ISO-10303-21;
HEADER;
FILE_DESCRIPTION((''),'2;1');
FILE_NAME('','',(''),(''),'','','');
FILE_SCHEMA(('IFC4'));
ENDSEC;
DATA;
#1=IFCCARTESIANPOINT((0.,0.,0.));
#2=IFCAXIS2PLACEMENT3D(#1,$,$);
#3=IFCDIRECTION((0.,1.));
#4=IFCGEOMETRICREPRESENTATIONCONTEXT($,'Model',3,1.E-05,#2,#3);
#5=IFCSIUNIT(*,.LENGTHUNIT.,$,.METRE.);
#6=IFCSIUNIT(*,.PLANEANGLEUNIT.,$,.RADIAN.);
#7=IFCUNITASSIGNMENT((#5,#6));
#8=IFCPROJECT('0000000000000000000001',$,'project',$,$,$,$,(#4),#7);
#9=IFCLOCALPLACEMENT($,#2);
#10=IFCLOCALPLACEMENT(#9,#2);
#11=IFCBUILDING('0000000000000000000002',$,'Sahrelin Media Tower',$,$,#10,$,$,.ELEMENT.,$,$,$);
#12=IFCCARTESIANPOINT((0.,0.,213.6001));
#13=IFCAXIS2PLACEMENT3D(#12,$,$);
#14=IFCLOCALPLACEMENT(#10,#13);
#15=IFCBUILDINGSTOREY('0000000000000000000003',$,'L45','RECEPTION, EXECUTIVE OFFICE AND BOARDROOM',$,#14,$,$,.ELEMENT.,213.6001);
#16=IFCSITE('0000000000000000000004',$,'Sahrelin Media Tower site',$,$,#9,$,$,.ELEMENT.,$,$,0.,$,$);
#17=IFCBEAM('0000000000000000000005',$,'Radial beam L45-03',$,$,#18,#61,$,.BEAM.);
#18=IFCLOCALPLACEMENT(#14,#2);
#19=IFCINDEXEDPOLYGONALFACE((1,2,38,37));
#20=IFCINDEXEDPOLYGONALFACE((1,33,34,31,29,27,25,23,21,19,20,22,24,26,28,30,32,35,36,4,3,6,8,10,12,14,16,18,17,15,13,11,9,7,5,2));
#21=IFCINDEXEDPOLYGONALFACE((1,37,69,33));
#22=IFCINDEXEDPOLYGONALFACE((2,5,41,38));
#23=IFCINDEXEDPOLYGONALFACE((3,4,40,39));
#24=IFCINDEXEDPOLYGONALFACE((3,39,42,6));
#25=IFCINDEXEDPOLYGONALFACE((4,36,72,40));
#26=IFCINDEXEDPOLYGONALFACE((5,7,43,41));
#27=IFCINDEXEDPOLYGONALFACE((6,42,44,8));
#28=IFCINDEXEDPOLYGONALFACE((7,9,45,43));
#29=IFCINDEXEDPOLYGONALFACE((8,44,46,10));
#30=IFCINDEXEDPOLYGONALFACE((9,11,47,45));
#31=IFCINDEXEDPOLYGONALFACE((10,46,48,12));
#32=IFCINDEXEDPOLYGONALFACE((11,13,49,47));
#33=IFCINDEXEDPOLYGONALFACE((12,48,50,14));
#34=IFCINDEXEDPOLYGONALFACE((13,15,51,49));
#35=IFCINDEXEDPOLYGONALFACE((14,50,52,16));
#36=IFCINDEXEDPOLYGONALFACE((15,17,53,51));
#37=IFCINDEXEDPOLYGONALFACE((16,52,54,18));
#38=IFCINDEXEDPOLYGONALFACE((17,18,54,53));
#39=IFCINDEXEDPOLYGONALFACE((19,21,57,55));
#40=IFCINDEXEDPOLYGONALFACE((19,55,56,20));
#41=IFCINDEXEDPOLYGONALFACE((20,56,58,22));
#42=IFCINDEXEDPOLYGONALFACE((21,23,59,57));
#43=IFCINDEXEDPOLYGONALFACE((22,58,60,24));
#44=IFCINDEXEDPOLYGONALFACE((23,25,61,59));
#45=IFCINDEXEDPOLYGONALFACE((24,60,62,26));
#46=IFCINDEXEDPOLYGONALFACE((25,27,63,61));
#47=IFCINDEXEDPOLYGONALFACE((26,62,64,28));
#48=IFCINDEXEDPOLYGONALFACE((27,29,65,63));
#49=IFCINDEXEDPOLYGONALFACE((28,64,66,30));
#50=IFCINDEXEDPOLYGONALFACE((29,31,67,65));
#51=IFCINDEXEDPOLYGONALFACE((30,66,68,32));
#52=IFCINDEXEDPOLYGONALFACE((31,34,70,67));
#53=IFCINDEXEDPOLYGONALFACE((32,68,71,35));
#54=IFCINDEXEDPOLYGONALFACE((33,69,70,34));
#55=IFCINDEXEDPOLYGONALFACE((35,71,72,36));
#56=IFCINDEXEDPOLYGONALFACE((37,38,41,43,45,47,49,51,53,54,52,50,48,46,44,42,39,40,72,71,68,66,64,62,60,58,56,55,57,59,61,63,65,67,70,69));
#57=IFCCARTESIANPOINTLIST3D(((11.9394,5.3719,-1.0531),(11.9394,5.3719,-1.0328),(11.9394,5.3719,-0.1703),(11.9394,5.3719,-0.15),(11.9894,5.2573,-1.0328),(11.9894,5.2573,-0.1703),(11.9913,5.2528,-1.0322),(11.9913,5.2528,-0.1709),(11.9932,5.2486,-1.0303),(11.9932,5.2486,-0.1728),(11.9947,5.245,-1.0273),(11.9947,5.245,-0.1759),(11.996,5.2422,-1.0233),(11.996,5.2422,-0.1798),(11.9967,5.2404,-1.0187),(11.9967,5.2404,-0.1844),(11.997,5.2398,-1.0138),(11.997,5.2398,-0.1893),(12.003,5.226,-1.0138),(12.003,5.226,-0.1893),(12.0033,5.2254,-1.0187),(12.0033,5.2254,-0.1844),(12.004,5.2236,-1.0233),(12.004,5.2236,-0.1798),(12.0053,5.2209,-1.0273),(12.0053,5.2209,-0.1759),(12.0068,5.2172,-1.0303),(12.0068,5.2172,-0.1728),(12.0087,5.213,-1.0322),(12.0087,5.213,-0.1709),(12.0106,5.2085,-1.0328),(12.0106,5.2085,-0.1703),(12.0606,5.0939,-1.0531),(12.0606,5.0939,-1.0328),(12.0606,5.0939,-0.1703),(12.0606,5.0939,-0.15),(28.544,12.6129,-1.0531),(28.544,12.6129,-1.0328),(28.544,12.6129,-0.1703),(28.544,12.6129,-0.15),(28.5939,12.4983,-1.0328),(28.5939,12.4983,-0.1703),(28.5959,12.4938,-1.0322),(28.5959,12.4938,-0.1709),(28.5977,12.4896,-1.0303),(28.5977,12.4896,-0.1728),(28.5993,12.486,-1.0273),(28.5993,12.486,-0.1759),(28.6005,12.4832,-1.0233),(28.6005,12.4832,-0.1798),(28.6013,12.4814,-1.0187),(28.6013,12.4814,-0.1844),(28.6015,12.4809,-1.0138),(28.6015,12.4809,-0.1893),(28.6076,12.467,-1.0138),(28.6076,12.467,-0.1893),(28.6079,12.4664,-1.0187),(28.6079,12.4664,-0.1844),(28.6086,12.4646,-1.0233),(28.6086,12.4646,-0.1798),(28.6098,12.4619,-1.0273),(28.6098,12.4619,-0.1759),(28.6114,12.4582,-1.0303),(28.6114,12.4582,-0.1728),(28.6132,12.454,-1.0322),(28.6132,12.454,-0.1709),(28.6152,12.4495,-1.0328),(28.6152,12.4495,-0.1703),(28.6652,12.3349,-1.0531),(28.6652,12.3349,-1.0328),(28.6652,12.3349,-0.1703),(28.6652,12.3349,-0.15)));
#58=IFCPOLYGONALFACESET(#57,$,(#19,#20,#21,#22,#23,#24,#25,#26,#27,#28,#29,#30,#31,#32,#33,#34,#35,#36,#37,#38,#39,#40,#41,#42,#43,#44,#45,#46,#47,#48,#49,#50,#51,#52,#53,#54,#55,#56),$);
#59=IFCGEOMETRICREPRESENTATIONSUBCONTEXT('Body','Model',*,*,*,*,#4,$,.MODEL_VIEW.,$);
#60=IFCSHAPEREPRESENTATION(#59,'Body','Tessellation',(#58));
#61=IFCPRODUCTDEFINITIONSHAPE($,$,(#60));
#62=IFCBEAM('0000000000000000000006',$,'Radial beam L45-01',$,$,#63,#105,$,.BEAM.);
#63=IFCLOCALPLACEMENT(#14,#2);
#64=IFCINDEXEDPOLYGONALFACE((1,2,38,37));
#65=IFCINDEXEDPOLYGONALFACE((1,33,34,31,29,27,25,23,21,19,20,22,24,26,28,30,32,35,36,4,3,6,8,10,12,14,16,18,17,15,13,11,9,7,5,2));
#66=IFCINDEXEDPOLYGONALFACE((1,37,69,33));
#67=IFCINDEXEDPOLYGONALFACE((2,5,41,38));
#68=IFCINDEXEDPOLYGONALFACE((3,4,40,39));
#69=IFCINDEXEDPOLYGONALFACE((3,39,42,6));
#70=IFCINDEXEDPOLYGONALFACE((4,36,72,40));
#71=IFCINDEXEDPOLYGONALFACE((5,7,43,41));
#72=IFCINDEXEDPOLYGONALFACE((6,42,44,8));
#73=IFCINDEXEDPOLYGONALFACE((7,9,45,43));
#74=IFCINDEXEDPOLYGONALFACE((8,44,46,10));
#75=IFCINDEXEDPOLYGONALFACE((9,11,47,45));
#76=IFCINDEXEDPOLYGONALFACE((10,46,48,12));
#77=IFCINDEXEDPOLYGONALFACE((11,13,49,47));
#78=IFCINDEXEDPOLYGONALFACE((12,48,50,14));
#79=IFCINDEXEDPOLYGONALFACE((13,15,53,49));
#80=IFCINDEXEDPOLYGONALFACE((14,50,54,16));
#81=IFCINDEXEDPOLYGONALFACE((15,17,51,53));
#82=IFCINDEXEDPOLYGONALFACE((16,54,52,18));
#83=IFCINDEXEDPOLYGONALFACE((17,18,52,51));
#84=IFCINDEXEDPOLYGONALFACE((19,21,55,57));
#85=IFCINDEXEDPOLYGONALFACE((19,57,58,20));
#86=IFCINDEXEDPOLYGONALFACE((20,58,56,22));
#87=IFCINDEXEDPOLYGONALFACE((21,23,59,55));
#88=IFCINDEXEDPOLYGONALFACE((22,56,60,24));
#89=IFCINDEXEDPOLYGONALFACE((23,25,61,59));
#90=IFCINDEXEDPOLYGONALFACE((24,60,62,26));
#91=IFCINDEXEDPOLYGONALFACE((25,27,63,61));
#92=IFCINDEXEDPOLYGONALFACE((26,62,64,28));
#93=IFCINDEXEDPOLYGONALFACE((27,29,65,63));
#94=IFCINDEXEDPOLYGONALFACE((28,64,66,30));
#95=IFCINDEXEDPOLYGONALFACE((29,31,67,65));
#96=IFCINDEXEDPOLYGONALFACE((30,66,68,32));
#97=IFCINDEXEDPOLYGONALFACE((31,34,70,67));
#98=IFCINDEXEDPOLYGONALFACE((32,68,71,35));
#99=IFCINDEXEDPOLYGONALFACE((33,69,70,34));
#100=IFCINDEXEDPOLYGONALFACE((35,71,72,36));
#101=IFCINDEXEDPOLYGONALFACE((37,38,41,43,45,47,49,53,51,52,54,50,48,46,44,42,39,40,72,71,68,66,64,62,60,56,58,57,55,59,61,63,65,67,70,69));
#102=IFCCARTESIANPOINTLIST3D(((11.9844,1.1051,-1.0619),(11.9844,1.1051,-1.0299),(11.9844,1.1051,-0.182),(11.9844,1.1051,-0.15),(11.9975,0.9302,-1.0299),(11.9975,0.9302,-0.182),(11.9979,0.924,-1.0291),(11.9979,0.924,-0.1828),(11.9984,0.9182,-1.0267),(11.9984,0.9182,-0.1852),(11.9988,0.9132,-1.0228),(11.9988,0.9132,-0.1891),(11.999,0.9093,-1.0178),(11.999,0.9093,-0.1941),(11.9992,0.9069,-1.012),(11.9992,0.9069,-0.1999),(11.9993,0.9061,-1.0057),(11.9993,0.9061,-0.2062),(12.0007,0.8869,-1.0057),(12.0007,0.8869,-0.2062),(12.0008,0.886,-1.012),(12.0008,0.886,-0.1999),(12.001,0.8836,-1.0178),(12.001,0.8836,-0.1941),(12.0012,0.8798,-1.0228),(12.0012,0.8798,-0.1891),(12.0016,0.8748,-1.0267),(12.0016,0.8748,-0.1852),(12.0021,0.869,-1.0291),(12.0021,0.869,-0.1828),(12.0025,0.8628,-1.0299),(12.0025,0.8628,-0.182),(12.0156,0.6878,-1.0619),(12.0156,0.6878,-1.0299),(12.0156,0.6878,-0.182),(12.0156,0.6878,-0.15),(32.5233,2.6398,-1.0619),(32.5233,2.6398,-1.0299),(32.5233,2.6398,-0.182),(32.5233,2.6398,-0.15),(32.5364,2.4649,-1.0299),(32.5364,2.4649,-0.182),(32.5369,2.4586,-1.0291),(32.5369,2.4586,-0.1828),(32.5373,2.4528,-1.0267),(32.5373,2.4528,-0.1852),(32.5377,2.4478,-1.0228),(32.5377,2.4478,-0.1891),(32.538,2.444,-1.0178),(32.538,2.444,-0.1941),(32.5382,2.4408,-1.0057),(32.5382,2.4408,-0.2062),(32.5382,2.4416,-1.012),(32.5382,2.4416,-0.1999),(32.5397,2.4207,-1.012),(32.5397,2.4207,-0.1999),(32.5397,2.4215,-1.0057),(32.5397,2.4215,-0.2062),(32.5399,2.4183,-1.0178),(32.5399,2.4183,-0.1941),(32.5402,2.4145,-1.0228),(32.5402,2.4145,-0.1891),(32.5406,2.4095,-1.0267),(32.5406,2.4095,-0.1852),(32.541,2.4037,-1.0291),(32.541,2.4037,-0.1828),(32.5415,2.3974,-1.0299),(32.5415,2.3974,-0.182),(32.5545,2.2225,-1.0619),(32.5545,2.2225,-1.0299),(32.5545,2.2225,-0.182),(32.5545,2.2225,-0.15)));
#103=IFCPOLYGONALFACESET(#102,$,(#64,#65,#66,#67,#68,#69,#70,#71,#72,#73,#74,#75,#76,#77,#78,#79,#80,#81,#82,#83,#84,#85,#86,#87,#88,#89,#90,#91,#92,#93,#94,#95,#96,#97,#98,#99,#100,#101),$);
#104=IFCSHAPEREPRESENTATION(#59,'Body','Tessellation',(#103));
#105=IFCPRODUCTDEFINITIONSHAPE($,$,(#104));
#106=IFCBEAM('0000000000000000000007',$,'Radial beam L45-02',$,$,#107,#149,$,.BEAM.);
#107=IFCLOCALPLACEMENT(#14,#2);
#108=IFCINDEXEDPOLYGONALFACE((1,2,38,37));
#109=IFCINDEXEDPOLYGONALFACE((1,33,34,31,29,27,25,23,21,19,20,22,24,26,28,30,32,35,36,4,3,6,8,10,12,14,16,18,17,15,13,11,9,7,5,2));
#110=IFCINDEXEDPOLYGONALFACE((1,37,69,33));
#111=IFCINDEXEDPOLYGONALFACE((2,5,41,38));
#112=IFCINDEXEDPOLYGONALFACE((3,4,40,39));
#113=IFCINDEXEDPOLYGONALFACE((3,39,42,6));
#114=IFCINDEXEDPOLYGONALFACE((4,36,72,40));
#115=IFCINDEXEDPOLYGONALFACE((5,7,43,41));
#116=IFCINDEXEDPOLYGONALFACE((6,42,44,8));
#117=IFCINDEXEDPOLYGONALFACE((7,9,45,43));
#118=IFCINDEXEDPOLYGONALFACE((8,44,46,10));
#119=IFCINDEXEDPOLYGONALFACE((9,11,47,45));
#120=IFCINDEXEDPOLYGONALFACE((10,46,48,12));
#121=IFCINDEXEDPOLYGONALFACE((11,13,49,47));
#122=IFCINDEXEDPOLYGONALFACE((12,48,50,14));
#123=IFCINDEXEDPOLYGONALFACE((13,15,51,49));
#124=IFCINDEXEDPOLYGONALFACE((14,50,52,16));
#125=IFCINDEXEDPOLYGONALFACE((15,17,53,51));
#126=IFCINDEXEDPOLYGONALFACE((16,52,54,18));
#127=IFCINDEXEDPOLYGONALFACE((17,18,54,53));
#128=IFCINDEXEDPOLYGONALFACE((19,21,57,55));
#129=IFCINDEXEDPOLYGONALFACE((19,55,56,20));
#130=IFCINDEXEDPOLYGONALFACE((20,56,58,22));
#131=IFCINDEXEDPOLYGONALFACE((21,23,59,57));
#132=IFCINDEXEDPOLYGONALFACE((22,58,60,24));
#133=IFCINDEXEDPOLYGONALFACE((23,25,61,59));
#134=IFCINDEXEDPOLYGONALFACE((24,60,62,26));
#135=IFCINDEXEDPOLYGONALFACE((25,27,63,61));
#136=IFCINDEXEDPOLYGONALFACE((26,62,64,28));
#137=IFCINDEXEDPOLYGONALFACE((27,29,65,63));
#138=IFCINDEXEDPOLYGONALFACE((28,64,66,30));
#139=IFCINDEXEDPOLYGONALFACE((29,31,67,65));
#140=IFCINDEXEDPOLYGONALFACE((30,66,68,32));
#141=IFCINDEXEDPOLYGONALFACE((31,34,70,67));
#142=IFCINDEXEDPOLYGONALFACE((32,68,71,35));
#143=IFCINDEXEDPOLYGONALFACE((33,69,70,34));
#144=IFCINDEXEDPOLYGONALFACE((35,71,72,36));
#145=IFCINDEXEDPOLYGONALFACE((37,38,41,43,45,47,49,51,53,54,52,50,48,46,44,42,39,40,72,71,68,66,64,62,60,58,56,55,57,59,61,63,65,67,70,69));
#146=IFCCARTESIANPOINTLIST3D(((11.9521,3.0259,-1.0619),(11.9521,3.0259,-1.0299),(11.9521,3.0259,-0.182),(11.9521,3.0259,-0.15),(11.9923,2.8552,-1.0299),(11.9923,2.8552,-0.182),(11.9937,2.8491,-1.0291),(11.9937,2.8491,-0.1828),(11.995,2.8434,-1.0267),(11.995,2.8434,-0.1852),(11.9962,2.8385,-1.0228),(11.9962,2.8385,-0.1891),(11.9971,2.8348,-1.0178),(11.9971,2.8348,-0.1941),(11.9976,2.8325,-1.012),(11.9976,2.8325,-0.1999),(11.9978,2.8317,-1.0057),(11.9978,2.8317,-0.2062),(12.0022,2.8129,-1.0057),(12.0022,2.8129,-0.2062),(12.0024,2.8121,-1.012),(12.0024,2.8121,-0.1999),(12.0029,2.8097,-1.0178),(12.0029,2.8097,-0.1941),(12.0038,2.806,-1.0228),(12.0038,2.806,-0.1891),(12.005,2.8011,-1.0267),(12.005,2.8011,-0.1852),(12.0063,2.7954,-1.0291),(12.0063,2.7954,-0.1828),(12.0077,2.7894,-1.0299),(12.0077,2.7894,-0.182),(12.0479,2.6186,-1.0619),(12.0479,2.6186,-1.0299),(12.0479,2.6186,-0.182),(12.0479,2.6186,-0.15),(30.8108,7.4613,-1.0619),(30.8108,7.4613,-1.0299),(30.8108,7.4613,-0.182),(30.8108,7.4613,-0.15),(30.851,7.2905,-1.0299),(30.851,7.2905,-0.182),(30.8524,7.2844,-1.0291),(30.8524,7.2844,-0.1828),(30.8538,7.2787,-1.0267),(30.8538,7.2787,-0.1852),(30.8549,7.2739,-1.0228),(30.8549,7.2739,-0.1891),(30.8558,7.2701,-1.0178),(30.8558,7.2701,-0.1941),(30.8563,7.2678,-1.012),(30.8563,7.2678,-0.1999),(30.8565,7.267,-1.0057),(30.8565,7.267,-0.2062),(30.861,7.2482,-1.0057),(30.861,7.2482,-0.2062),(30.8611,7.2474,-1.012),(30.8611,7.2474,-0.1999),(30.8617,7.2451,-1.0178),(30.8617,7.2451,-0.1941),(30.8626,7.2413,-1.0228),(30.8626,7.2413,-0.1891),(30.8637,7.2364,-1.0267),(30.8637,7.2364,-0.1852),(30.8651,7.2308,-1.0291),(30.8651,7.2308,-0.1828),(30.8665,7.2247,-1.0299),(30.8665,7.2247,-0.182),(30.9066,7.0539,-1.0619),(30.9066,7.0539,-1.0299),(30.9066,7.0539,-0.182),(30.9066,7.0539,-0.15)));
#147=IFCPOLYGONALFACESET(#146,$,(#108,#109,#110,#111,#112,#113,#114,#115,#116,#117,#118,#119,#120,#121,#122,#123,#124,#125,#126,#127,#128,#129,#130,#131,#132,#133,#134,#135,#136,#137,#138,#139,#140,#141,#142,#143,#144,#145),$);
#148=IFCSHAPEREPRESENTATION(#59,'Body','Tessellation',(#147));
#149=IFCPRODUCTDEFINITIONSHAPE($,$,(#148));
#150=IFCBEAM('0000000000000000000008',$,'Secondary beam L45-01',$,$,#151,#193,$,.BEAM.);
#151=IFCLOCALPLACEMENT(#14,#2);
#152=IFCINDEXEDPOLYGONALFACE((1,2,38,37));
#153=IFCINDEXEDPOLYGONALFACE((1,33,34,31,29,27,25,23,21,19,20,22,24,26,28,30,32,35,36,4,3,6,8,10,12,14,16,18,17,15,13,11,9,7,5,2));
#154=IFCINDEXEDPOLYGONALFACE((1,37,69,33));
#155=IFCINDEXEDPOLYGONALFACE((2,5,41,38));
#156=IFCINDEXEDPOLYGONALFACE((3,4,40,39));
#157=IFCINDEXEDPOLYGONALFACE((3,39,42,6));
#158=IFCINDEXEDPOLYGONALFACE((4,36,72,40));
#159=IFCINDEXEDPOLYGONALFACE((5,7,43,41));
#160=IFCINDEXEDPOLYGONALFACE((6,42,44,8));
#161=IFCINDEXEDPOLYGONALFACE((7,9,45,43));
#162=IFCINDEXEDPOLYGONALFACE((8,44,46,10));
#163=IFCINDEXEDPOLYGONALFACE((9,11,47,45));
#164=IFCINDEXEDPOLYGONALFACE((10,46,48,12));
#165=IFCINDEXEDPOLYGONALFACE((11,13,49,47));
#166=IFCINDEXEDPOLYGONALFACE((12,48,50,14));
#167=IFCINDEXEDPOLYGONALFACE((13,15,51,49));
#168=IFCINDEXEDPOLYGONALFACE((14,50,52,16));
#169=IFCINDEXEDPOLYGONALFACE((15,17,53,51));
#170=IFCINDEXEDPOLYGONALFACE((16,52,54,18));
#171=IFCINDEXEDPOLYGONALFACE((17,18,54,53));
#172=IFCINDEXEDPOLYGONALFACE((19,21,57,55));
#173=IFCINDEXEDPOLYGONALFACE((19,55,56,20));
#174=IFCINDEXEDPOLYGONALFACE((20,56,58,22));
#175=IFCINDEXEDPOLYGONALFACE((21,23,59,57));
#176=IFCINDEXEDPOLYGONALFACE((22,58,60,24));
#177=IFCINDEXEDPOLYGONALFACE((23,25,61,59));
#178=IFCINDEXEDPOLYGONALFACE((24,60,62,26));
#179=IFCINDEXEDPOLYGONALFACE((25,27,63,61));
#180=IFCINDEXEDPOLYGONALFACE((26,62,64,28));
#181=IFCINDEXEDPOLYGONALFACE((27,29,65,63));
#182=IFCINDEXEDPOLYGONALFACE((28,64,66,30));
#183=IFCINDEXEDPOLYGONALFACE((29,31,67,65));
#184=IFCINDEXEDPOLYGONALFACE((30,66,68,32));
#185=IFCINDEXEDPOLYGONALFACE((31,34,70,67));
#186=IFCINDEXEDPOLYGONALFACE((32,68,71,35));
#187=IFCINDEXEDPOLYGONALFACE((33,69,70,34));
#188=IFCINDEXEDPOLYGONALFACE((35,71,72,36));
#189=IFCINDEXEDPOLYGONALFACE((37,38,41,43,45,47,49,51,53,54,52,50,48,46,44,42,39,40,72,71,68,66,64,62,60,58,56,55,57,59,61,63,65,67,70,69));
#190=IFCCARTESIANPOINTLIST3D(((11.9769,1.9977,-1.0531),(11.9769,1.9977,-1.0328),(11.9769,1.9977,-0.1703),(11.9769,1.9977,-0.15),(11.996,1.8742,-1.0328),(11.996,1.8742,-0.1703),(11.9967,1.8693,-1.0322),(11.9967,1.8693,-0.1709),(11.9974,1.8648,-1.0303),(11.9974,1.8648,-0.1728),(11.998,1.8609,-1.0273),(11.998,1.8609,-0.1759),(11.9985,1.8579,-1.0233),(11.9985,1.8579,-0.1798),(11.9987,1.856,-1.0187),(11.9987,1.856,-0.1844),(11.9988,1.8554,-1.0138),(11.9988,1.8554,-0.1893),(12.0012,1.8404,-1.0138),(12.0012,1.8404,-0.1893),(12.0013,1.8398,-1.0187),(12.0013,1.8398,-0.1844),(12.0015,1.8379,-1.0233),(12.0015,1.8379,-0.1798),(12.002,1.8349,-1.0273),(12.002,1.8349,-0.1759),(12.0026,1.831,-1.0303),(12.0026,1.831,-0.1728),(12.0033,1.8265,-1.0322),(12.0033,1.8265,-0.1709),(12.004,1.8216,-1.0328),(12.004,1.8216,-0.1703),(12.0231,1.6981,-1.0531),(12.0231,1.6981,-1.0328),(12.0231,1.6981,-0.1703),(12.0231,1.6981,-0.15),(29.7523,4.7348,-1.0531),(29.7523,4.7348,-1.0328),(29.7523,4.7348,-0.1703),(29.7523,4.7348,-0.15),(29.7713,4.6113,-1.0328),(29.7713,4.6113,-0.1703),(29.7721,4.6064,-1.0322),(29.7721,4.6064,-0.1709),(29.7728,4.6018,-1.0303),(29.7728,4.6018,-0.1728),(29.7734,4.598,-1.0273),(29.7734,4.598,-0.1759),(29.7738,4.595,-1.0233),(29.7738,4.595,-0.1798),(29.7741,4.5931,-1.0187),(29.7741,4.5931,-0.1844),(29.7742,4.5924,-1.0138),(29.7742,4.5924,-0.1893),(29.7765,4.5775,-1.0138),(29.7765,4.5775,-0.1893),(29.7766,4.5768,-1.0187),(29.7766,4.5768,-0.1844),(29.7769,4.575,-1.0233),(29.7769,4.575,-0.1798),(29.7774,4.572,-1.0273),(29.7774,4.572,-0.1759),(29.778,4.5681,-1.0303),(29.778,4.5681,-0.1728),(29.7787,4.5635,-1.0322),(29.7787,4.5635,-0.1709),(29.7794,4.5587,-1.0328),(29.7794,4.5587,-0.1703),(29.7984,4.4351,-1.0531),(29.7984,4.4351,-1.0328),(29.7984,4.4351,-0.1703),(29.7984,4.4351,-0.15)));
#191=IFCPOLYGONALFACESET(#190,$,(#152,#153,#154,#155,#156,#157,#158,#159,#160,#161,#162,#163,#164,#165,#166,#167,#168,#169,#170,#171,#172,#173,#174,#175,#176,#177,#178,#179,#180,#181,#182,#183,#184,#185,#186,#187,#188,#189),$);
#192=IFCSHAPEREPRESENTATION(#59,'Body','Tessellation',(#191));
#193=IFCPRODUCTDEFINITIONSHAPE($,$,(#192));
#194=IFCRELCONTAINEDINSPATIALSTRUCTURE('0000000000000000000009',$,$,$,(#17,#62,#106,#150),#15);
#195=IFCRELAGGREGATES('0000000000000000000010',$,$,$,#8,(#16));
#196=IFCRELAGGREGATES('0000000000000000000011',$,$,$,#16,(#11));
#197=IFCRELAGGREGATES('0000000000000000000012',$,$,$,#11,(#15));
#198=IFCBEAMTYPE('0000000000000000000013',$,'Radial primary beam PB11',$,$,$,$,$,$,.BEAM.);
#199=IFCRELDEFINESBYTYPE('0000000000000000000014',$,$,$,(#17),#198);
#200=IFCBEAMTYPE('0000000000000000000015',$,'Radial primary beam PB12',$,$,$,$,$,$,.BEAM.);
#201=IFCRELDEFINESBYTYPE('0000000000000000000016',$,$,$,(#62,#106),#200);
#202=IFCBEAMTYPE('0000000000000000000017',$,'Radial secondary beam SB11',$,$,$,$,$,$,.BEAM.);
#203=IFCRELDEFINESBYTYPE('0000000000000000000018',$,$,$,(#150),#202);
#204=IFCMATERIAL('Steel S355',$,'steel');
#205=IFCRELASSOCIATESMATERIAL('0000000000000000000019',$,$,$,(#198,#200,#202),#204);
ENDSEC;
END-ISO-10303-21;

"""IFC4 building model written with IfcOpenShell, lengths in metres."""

from ifc_helpers import new_model, si_unit, direction, frame, origin, origin_2d, place, context, subcontext, project, spatial, i_section, extrude, material, material_profile, profile_set, type_object, element, save


model = new_model("IFC4")

# Units and contexts
model_context = context("Model", 3, precision=1e-05, world=origin(), true_north=direction((0.0, 1.0)))
body_context = subcontext(model_context, "Body", "Model", "MODEL_VIEW")
ifc_project = project(units=[si_unit("LENGTHUNIT", "METRE"), si_unit("PLANEANGLEUNIT", "RADIAN")], contexts=[model_context])

# Site, building, storey
site_placement = place(None, origin())
site = spatial("IfcSite", under=ifc_project, at=site_placement, Name="Sahrelin Media Tower site", CompositionType="ELEMENT", RefElevation=0.0)
building_placement = place(site_placement, origin())
building = spatial("IfcBuilding", under=site, at=building_placement, Name="Sahrelin Media Tower", CompositionType="ELEMENT")
storey_placement = place(building_placement, frame((0.0, 0.0, 213.6001)))
storey = spatial("IfcBuildingStorey", under=building, at=storey_placement, Name="L45", Description="RECEPTION, EXECUTIVE OFFICE AND BOARDROOM", CompositionType="ELEMENT", Elevation=213.6001)

# Beams
ifc_material_1 = material(Name="Steel S355", Category="steel")
ifc_material_profile_1 = material_profile(ifc_material_1, i_section(OverallWidth=0.3032, OverallDepth=0.9031, WebThickness=0.0151, FlangeThickness=0.0203, FilletRadius=0.019, at=origin_2d()), Name="UB 914x305x201")
ifc_profile_set_1 = profile_set([ifc_material_profile_1], Name="Steel S355")
beam_type_1 = type_object("IfcBeamType", Name="Radial primary beam PB11", PredefinedType="BEAM", material=ifc_profile_set_1)
beam_1_placement = place(storey_placement, frame((12.0, 5.2329, -0.6016), z_axis=(0.916633, 0.39973, 0.0), x_axis=(-0.39973, 0.916633, 0.0)))
element("IfcBeam", 1, at=beam_1_placement, inside=storey, type_object=beam_type_1, Name="Radial beam L45-03", PredefinedType="BEAM", context=body_context, shape_type="SweptSolid", body=[
    extrude(i_section(OverallWidth=0.3032, OverallDepth=0.9031, WebThickness=0.0151, FlangeThickness=0.0203, FilletRadius=0.019, at=origin_2d()), origin(), (0.0, 0.0, 1.0), 18.1147),
])
ifc_material_profile_2 = material_profile(ifc_material_1, i_section(OverallWidth=0.4185, OverallDepth=0.9119, WebThickness=0.0193, FlangeThickness=0.032, FilletRadius=0.0242, at=origin_2d()), Name="UB 914x419x343")
ifc_profile_set_2 = profile_set([ifc_material_profile_2], Name="Steel S355")
beam_type_2 = type_object("IfcBeamType", Name="Radial primary beam PB12", PredefinedType="BEAM", material=ifc_profile_set_2)
beam_2_placement = place(storey_placement, frame((12.0, 0.8965, -0.606), z_axis=(0.99722, 0.074513, 0.0), x_axis=(-0.074513, 0.99722, 0.0)))
element("IfcBeam", 2, at=beam_2_placement, inside=storey, type_object=beam_type_2, Name="Radial beam L45-01", PredefinedType="BEAM", context=body_context, shape_type="SweptSolid", body=[
    extrude(i_section(OverallWidth=0.4185, OverallDepth=0.9119, WebThickness=0.0193, FlangeThickness=0.032, FilletRadius=0.0242, at=origin_2d()), origin(), (0.0, 0.0, 1.0), 20.5962),
])
beam_3_placement = place(storey_placement, frame((12.0, 2.8223, -0.606), z_axis=(0.97344, 0.22894, 0.0), x_axis=(-0.22894, 0.97344, 0.0)))
element("IfcBeam", 3, at=beam_3_placement, inside=storey, type_object=beam_type_2, Name="Radial beam L45-02", PredefinedType="BEAM", context=body_context, shape_type="SweptSolid", body=[
    extrude(i_section(OverallWidth=0.4185, OverallDepth=0.9119, WebThickness=0.0193, FlangeThickness=0.032, FilletRadius=0.0242, at=origin_2d()), origin(), (0.0, 0.0, 1.0), 19.3733),
])
ifc_material_profile_3 = material_profile(ifc_material_1, i_section(OverallWidth=0.3032, OverallDepth=0.9031, WebThickness=0.0151, FlangeThickness=0.0203, FilletRadius=0.019, at=origin_2d()), Name="UB 914x305x201")
ifc_profile_set_3 = profile_set([ifc_material_profile_3], Name="Steel S355")
beam_type_3 = type_object("IfcBeamType", Name="Radial secondary beam SB11", PredefinedType="BEAM", material=ifc_profile_set_3)
beam_4_placement = place(storey_placement, frame((12.0, 1.8479, -0.6016), z_axis=(0.988352, 0.152187, 0.0), x_axis=(-0.152187, 0.988352, 0.0)))
element("IfcBeam", 4, at=beam_4_placement, inside=storey, type_object=beam_type_3, Name="Secondary beam L45-01", PredefinedType="BEAM", context=body_context, shape_type="SweptSolid", body=[
    extrude(i_section(OverallWidth=0.3032, OverallDepth=0.9031, WebThickness=0.0151, FlangeThickness=0.0203, FilletRadius=0.019, at=origin_2d()), origin(), (0.0, 0.0, 1.0), 17.9849),
])

save(model, "model.ifc")
